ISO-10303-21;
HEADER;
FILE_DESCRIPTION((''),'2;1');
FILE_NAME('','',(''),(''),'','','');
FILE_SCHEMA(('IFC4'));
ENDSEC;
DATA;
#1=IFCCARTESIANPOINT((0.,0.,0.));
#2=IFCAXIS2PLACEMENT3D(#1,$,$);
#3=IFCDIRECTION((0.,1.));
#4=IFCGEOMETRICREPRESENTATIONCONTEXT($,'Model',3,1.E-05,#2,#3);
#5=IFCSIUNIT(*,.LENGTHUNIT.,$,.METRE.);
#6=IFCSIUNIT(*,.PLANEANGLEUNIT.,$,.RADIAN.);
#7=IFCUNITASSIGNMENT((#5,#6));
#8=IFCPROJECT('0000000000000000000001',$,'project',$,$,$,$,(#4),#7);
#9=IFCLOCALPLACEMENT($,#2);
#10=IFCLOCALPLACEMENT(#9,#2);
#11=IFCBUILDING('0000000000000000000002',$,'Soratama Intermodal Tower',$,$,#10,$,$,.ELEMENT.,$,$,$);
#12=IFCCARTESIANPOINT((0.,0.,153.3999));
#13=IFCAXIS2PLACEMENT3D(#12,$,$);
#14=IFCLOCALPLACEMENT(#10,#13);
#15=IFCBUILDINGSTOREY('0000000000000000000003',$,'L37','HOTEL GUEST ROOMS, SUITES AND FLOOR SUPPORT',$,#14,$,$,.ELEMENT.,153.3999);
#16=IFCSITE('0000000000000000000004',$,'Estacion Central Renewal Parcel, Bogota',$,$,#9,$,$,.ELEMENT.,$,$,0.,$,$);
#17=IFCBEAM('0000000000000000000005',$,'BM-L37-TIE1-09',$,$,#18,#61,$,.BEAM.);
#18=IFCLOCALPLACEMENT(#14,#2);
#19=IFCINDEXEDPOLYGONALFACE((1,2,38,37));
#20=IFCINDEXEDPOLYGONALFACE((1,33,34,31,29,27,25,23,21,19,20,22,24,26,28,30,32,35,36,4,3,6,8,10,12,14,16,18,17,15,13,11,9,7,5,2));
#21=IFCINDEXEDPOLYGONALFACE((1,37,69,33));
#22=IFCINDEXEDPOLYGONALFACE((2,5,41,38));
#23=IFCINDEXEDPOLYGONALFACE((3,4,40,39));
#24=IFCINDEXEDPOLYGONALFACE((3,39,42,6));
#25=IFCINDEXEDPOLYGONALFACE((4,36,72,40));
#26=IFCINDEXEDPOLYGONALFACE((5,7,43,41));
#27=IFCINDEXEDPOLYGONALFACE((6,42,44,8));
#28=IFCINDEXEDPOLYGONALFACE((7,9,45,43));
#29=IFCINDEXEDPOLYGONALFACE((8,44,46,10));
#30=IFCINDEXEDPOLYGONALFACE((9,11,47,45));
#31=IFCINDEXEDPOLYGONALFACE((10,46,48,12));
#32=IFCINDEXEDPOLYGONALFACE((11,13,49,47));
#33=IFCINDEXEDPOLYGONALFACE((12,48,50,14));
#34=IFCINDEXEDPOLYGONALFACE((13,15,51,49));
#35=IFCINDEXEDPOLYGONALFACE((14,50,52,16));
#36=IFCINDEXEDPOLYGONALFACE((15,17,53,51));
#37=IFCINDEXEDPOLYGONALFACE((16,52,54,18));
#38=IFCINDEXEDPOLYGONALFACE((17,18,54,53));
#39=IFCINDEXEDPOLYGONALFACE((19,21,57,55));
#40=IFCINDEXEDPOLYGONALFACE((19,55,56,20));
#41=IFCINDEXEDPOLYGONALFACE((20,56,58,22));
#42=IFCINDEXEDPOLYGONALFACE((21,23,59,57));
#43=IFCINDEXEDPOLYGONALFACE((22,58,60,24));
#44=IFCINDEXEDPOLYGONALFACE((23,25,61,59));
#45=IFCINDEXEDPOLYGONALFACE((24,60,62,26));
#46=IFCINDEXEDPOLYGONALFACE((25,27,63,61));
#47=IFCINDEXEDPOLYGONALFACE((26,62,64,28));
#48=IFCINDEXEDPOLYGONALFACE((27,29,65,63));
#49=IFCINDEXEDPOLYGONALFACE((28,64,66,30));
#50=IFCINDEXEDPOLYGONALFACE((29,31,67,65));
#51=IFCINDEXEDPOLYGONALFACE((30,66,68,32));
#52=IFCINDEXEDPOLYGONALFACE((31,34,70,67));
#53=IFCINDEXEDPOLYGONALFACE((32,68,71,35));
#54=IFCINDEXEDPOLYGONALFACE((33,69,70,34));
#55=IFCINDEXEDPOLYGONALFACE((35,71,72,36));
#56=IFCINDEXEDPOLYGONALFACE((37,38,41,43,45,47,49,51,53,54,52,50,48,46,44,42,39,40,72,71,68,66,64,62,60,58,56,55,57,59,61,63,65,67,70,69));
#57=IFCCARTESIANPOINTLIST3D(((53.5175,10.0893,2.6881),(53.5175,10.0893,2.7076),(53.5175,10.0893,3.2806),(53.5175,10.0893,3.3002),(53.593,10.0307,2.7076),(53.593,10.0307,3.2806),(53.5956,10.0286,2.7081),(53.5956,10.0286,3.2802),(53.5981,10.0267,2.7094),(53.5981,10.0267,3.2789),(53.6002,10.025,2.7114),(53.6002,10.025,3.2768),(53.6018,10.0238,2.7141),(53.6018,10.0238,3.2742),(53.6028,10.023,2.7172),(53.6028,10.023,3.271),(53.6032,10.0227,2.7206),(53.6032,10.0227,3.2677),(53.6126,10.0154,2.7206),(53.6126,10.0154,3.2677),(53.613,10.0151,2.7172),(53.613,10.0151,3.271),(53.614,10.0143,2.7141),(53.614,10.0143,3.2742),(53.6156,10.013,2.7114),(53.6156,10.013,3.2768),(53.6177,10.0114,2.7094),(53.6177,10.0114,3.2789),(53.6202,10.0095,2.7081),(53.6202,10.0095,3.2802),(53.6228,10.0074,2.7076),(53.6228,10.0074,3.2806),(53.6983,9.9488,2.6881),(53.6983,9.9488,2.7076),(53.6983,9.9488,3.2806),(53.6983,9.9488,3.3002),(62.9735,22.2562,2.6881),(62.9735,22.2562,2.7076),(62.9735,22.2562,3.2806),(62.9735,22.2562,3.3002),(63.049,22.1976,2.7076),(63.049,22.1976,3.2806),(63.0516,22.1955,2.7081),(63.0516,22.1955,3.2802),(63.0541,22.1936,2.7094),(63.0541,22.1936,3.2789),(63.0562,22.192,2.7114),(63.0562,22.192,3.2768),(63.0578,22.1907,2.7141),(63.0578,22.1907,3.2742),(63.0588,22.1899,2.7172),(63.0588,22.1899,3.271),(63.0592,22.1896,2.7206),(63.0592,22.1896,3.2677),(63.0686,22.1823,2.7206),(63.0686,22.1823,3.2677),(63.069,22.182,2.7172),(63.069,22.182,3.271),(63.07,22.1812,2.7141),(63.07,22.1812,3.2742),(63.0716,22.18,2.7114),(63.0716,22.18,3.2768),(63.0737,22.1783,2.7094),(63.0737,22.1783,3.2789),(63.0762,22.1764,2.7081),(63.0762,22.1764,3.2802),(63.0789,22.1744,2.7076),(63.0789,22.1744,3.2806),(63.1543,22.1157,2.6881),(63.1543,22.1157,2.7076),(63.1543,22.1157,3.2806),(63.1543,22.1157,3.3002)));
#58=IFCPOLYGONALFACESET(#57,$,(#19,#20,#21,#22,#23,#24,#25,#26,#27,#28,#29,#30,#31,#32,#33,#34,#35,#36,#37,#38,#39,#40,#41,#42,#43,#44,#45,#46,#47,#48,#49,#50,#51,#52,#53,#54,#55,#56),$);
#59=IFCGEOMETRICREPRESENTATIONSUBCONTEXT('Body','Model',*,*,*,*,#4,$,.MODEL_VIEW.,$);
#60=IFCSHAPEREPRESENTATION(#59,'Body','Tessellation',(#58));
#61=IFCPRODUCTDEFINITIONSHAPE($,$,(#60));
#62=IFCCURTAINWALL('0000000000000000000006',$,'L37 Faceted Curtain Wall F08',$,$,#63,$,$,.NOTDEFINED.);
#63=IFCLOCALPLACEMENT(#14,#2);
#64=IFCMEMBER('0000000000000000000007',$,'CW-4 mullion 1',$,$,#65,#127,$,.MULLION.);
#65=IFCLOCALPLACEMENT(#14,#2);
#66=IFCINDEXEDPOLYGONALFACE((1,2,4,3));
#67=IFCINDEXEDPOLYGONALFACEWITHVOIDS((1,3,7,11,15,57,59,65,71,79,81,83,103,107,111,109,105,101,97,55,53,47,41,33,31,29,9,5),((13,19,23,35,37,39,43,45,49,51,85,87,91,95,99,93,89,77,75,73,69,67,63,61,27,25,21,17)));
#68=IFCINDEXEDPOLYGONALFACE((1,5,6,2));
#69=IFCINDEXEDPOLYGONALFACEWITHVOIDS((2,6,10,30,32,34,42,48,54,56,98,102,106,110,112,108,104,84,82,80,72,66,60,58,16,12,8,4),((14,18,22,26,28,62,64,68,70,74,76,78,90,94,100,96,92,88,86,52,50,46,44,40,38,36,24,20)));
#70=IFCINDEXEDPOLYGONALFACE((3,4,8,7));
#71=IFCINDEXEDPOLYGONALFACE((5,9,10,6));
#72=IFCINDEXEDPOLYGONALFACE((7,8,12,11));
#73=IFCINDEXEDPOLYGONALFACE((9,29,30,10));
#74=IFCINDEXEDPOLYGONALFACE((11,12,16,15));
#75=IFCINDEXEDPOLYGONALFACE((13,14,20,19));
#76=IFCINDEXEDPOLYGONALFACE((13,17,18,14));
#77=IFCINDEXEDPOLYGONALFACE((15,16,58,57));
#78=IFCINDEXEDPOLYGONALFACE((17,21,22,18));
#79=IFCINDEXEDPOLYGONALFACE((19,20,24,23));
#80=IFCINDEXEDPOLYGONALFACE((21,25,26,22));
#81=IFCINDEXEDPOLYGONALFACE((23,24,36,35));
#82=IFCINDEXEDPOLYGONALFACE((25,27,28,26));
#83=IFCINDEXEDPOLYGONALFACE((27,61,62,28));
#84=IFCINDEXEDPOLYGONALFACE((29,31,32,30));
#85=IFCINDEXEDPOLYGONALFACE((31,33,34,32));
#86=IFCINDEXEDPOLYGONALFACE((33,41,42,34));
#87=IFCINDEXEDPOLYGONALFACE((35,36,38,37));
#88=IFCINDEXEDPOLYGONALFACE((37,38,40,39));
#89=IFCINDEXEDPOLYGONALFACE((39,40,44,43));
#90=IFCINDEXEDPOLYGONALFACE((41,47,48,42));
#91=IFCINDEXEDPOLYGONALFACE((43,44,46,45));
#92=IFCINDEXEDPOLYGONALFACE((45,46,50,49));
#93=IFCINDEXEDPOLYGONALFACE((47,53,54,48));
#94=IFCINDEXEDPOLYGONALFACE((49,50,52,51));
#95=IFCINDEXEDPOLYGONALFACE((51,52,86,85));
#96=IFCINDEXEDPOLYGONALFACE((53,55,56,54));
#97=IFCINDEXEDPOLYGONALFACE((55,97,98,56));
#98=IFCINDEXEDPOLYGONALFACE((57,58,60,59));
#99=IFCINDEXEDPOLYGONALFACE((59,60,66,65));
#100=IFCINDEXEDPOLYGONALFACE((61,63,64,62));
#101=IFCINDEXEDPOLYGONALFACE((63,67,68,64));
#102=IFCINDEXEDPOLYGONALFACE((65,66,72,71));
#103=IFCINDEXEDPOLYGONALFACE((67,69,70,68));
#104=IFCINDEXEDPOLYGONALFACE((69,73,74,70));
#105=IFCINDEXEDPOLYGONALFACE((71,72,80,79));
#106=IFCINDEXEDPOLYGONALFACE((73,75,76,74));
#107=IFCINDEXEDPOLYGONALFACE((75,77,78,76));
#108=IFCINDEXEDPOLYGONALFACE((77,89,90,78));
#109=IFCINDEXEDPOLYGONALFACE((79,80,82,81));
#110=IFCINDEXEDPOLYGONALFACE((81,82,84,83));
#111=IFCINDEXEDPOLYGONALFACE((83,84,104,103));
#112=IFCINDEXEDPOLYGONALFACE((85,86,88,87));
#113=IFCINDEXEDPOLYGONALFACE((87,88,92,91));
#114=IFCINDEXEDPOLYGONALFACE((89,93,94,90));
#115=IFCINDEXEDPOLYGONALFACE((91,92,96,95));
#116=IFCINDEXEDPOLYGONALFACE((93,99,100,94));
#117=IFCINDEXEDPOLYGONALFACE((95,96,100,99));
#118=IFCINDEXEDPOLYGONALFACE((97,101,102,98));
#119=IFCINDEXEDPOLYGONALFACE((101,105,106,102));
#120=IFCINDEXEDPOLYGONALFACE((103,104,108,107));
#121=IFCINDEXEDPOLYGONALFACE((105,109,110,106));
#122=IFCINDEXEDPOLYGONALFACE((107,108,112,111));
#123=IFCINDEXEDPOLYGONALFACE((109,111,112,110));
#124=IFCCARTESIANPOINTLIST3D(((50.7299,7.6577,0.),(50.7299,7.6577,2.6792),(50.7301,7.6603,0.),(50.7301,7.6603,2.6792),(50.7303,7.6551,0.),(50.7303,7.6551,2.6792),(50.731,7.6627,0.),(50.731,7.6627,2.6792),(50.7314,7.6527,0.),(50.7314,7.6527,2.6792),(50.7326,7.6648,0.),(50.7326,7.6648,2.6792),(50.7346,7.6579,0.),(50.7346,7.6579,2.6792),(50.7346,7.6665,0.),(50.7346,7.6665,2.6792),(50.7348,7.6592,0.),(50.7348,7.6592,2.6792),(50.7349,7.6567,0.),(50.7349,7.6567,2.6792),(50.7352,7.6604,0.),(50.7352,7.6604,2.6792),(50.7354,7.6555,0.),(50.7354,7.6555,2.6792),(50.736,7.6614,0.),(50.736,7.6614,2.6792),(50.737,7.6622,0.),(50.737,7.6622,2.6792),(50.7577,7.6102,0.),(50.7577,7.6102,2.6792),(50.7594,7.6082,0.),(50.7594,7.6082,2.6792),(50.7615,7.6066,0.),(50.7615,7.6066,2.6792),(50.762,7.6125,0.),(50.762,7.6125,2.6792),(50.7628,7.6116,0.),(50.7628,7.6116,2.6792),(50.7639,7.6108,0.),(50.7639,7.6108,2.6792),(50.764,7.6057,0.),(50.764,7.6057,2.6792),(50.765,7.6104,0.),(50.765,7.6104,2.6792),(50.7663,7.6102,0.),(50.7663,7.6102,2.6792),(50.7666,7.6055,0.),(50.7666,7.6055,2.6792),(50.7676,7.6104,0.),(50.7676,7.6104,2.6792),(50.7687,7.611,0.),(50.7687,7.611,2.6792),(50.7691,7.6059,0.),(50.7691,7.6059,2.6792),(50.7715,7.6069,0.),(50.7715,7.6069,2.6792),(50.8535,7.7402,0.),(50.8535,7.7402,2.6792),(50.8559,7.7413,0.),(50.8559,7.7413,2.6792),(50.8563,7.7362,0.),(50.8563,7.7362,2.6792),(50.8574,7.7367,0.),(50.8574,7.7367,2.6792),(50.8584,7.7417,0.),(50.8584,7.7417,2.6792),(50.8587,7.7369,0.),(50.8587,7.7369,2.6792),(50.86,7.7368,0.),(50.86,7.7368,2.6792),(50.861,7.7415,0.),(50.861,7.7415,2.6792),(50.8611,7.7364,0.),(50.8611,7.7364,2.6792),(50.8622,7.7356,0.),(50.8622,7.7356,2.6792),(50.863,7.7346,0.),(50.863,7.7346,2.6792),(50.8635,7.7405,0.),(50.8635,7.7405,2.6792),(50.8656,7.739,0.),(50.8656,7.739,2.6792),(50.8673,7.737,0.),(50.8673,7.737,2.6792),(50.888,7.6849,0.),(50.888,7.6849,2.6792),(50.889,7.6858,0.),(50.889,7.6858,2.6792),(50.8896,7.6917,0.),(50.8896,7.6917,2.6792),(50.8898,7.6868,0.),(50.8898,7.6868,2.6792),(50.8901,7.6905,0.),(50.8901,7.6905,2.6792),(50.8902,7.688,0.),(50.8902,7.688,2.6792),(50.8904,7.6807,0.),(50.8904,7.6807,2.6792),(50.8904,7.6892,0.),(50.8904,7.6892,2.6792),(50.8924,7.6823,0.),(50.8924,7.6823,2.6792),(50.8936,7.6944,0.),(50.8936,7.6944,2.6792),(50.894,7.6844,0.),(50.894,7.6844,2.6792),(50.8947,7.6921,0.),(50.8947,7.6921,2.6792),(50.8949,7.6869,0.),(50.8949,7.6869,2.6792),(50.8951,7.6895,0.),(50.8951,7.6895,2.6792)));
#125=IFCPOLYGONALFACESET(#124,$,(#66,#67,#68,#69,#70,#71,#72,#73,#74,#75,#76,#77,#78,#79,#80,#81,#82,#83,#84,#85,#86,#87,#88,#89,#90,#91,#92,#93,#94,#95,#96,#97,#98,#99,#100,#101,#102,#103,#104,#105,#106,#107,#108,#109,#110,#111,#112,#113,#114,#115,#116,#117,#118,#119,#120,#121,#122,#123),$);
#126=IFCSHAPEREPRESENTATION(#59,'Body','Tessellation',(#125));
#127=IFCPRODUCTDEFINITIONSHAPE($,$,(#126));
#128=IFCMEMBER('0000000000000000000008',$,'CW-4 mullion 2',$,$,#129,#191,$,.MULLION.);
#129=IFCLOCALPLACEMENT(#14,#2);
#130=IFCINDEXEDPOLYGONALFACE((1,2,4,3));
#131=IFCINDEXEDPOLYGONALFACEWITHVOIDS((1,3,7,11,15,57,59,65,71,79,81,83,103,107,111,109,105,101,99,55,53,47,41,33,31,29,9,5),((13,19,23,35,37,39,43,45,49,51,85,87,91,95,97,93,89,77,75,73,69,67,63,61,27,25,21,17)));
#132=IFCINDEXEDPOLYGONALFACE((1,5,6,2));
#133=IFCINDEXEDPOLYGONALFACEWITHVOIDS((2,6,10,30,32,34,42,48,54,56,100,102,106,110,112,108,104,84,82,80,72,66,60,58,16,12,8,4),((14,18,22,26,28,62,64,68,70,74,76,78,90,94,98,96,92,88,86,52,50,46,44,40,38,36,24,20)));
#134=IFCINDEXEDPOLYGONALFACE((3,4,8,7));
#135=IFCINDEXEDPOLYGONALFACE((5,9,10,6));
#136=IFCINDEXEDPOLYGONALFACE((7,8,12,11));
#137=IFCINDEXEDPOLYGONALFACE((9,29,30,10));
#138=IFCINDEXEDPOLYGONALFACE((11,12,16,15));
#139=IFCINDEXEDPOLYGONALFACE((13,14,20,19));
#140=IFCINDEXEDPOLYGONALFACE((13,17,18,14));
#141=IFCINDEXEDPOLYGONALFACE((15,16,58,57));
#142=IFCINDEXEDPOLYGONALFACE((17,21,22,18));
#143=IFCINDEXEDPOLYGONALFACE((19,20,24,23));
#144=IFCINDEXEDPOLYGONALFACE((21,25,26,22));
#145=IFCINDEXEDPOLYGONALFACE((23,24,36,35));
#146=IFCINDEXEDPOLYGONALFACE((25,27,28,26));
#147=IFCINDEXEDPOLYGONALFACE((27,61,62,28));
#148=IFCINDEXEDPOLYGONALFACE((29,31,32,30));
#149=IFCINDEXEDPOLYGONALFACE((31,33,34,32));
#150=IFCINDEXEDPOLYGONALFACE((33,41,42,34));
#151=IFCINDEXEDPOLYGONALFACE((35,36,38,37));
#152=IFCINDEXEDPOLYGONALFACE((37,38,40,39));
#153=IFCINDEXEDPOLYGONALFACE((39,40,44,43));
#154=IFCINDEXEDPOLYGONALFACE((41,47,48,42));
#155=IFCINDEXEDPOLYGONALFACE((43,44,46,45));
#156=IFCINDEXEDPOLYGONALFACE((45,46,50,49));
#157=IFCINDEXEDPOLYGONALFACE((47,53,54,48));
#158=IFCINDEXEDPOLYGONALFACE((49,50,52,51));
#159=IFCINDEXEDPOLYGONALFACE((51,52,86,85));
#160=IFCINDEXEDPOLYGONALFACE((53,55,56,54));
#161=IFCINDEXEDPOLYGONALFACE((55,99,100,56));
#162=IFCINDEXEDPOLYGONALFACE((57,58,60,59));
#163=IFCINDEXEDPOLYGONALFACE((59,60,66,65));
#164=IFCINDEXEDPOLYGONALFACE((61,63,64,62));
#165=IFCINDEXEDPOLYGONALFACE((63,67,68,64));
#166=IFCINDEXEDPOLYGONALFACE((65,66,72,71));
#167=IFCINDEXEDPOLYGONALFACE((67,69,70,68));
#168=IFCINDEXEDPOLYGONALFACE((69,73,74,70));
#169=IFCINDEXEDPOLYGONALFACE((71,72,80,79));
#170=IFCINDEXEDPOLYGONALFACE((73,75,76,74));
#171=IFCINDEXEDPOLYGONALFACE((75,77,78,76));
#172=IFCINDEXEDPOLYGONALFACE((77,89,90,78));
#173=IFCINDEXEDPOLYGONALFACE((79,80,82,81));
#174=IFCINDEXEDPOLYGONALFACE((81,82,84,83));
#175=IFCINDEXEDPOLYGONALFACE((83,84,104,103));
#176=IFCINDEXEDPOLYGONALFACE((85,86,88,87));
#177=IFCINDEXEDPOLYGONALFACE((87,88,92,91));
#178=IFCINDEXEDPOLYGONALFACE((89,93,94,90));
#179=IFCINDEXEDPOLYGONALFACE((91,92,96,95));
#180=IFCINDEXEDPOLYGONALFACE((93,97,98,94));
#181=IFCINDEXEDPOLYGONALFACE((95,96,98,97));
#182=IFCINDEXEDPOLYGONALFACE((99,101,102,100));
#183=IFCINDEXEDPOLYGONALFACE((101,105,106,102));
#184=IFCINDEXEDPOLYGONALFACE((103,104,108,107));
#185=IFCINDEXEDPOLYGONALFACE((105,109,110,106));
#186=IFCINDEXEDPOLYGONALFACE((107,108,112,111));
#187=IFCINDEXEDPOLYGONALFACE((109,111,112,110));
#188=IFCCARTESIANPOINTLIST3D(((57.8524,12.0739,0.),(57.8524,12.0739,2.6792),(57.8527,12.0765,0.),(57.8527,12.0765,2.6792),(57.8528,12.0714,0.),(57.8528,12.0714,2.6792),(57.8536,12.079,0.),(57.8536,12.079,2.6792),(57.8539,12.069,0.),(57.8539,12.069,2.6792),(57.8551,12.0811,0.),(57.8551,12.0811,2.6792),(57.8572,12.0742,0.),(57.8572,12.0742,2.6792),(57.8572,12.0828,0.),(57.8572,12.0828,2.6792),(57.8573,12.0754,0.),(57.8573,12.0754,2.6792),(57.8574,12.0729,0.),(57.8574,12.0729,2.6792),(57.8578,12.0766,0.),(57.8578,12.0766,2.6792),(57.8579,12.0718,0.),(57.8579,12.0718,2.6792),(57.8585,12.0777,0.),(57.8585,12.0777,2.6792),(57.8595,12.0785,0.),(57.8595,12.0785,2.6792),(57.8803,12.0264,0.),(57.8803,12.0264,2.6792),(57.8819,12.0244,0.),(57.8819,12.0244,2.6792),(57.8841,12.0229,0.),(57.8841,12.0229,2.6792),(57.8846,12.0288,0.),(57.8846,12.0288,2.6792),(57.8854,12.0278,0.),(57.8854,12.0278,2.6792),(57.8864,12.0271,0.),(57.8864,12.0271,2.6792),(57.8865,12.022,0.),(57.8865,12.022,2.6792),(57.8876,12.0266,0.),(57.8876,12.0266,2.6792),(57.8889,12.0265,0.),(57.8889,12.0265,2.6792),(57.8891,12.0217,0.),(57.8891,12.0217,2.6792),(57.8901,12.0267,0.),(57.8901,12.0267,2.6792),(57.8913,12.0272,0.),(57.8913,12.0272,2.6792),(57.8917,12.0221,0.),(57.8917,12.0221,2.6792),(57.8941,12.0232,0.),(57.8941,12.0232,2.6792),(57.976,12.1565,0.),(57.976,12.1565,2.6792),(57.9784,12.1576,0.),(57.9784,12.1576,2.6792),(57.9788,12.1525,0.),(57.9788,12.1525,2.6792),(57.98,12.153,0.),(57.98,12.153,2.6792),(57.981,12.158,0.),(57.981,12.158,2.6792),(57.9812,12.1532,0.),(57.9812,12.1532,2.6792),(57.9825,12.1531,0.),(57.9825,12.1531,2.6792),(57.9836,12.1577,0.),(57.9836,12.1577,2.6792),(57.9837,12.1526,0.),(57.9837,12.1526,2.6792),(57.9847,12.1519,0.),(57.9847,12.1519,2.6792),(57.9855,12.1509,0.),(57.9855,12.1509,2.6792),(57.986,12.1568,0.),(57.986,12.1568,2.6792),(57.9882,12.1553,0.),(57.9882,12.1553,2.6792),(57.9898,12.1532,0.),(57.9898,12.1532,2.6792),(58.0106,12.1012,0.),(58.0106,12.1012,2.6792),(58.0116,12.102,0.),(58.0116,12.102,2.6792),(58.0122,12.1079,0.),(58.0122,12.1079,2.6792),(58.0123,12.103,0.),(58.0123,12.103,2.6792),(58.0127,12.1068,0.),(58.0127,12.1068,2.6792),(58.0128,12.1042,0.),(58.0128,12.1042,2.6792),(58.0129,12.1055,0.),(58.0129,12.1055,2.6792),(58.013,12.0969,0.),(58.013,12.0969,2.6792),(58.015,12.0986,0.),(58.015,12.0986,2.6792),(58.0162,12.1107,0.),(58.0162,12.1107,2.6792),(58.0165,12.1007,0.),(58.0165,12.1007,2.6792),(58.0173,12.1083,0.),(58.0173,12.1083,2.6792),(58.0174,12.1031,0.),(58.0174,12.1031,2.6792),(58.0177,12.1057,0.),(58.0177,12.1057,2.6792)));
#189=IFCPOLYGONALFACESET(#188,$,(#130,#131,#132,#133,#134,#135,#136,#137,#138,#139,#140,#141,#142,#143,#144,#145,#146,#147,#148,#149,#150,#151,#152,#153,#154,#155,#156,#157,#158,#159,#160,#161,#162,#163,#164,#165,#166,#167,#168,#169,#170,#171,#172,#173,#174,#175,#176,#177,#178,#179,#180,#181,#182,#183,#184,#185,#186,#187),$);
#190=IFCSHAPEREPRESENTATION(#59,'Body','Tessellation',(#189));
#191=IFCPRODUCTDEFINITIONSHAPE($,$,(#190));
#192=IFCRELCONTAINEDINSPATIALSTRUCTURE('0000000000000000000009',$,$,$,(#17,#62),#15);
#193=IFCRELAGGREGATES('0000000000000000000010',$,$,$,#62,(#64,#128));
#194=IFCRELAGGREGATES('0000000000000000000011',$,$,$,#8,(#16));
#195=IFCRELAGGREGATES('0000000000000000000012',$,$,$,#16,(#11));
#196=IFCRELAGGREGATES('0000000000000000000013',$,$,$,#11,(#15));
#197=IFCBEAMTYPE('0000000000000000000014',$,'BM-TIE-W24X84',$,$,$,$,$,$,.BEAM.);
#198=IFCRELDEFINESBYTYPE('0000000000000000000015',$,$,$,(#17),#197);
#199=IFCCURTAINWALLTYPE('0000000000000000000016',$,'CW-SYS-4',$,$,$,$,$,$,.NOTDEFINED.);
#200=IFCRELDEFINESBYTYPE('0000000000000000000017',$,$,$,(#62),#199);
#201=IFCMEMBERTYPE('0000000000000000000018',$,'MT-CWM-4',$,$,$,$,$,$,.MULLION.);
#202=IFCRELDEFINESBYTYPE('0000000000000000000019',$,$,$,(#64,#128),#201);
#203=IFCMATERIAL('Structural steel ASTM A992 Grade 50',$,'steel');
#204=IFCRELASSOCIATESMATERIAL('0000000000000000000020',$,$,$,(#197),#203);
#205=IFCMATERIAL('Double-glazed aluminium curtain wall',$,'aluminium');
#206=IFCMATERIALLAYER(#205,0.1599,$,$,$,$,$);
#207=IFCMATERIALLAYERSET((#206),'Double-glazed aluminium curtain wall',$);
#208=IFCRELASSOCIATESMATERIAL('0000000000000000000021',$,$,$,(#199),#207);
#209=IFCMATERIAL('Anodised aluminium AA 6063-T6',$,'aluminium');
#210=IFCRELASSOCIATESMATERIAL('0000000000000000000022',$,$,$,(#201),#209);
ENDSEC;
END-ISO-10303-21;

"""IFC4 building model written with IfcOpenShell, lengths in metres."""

from ifc_helpers import new_model, si_unit, direction, frame, origin, origin_2d, place, context, subcontext, project, spatial, hollow_rectangle, i_section, extrude, material, layer, layer_set, material_profile, profile_set, type_object, element, aggregate, save


model = new_model("IFC4")

# Units and contexts
model_context = context("Model", 3, precision=1e-05, world=origin(), true_north=direction((0.0, 1.0)))
body_context = subcontext(model_context, "Body", "Model", "MODEL_VIEW")
ifc_project = project(units=[si_unit("LENGTHUNIT", "METRE"), si_unit("PLANEANGLEUNIT", "RADIAN")], contexts=[model_context])

# Site, building, storey
site_placement = place(None, origin())
site = spatial("IfcSite", under=ifc_project, at=site_placement, Name="Estacion Central Renewal Parcel, Bogota", CompositionType="ELEMENT", RefElevation=0.0)
building_placement = place(site_placement, origin())
building = spatial("IfcBuilding", under=site, at=building_placement, Name="Soratama Intermodal Tower", CompositionType="ELEMENT")
storey_placement = place(building_placement, frame((0.0, 0.0, 153.3999)))
storey = spatial("IfcBuildingStorey", under=building, at=storey_placement, Name="L37", Description="HOTEL GUEST ROOMS, SUITES AND FLOOR SUPPORT", CompositionType="ELEMENT", Elevation=153.3999)

# Beam
ifc_material_1 = material(Name="Structural steel ASTM A992 Grade 50", Category="steel")
ifc_material_profile_1 = material_profile(ifc_material_1, i_section(OverallWidth=0.229, OverallDepth=0.6121, WebThickness=0.012, FlangeThickness=0.0195, FilletRadius=0.0129, at=origin_2d()), Name="W24X84")
ifc_profile_set_1 = profile_set([ifc_material_profile_1], Name="Structural steel ASTM A992 Grade 50")
beam_type_1 = type_object("IfcBeamType", Name="BM-TIE-W24X84", PredefinedType="BEAM", material=ifc_profile_set_1)
beam_1_placement = place(storey_placement, frame((53.6079, 10.019, 2.9941), z_axis=(0.613651, 0.789577, 0.0), x_axis=(-0.789577, 0.613651, 0.0)))
element("IfcBeam", 1, at=beam_1_placement, inside=storey, type_object=beam_type_1, Name="BM-L37-TIE1-09", PredefinedType="BEAM", context=body_context, shape_type="SweptSolid", body=[
    extrude(i_section(OverallWidth=0.229, OverallDepth=0.6121, WebThickness=0.012, FlangeThickness=0.0195, FilletRadius=0.0129, at=origin_2d()), origin(), (0.0, 0.0, 1.0), 15.4094),
])

# Curtain wall, members
ifc_material_2 = material(Name="Double-glazed aluminium curtain wall", Category="aluminium")
ifc_layer_1 = layer(ifc_material_2, 0.1599)
ifc_layer_set_1 = layer_set([ifc_layer_1], Name="Double-glazed aluminium curtain wall")
curtain_wall_type = type_object("IfcCurtainWallType", Name="CW-SYS-4", PredefinedType="NOTDEFINED", material=ifc_layer_set_1)
curtain_wall_placement = place(storey_placement, origin())
curtain_wall = element("IfcCurtainWall", 2, at=curtain_wall_placement, inside=storey, type_object=curtain_wall_type, Name="L37 Faceted Curtain Wall F08", PredefinedType="NOTDEFINED")
ifc_material_3 = material(Name="Anodised aluminium AA 6063-T6", Category="aluminium")
ifc_material_profile_2 = material_profile(ifc_material_3, hollow_rectangle(XDim=0.0701, YDim=0.1599, WallThickness=0.0049, InnerFilletRadius=0.0049, OuterFilletRadius=0.01, at=origin_2d()), Name="CWM160X70X5")
ifc_profile_set_2 = profile_set([ifc_material_profile_2], Name="Anodised aluminium AA 6063-T6")
member_type_1 = type_object("IfcMemberType", Name="MT-CWM-4", PredefinedType="MULLION", material=ifc_profile_set_2)
member_1_placement = place(storey_placement, frame((50.8125, 7.6736, 0.0), z_axis=(0.0, 0.0, 1.0), x_axis=(-0.526959, 0.84989, 0.0)))
member_1 = element("IfcMember", 3, at=member_1_placement, type_object=member_type_1, Name="CW-4 mullion 1", PredefinedType="MULLION", context=body_context, shape_type="SweptSolid", body=[
    extrude(hollow_rectangle(XDim=0.0701, YDim=0.1599, WallThickness=0.0049, InnerFilletRadius=0.0049, OuterFilletRadius=0.01, at=origin_2d()), origin(), (0.0, 0.0, 1.0), 2.6792),
])
member_2_placement = place(storey_placement, frame((57.9351, 12.0898, 0.0), z_axis=(0.0, 0.0, 1.0), x_axis=(-0.526959, 0.84989, 0.0)))
member_2 = element("IfcMember", 4, at=member_2_placement, type_object=member_type_1, Name="CW-4 mullion 2", PredefinedType="MULLION", context=body_context, shape_type="SweptSolid", body=[
    extrude(hollow_rectangle(XDim=0.0701, YDim=0.1599, WallThickness=0.0049, InnerFilletRadius=0.0049, OuterFilletRadius=0.01, at=origin_2d()), origin(), (0.0, 0.0, 1.0), 2.6792),
])
aggregate(curtain_wall, [member_1, member_2])

save(model, "model.ifc")
